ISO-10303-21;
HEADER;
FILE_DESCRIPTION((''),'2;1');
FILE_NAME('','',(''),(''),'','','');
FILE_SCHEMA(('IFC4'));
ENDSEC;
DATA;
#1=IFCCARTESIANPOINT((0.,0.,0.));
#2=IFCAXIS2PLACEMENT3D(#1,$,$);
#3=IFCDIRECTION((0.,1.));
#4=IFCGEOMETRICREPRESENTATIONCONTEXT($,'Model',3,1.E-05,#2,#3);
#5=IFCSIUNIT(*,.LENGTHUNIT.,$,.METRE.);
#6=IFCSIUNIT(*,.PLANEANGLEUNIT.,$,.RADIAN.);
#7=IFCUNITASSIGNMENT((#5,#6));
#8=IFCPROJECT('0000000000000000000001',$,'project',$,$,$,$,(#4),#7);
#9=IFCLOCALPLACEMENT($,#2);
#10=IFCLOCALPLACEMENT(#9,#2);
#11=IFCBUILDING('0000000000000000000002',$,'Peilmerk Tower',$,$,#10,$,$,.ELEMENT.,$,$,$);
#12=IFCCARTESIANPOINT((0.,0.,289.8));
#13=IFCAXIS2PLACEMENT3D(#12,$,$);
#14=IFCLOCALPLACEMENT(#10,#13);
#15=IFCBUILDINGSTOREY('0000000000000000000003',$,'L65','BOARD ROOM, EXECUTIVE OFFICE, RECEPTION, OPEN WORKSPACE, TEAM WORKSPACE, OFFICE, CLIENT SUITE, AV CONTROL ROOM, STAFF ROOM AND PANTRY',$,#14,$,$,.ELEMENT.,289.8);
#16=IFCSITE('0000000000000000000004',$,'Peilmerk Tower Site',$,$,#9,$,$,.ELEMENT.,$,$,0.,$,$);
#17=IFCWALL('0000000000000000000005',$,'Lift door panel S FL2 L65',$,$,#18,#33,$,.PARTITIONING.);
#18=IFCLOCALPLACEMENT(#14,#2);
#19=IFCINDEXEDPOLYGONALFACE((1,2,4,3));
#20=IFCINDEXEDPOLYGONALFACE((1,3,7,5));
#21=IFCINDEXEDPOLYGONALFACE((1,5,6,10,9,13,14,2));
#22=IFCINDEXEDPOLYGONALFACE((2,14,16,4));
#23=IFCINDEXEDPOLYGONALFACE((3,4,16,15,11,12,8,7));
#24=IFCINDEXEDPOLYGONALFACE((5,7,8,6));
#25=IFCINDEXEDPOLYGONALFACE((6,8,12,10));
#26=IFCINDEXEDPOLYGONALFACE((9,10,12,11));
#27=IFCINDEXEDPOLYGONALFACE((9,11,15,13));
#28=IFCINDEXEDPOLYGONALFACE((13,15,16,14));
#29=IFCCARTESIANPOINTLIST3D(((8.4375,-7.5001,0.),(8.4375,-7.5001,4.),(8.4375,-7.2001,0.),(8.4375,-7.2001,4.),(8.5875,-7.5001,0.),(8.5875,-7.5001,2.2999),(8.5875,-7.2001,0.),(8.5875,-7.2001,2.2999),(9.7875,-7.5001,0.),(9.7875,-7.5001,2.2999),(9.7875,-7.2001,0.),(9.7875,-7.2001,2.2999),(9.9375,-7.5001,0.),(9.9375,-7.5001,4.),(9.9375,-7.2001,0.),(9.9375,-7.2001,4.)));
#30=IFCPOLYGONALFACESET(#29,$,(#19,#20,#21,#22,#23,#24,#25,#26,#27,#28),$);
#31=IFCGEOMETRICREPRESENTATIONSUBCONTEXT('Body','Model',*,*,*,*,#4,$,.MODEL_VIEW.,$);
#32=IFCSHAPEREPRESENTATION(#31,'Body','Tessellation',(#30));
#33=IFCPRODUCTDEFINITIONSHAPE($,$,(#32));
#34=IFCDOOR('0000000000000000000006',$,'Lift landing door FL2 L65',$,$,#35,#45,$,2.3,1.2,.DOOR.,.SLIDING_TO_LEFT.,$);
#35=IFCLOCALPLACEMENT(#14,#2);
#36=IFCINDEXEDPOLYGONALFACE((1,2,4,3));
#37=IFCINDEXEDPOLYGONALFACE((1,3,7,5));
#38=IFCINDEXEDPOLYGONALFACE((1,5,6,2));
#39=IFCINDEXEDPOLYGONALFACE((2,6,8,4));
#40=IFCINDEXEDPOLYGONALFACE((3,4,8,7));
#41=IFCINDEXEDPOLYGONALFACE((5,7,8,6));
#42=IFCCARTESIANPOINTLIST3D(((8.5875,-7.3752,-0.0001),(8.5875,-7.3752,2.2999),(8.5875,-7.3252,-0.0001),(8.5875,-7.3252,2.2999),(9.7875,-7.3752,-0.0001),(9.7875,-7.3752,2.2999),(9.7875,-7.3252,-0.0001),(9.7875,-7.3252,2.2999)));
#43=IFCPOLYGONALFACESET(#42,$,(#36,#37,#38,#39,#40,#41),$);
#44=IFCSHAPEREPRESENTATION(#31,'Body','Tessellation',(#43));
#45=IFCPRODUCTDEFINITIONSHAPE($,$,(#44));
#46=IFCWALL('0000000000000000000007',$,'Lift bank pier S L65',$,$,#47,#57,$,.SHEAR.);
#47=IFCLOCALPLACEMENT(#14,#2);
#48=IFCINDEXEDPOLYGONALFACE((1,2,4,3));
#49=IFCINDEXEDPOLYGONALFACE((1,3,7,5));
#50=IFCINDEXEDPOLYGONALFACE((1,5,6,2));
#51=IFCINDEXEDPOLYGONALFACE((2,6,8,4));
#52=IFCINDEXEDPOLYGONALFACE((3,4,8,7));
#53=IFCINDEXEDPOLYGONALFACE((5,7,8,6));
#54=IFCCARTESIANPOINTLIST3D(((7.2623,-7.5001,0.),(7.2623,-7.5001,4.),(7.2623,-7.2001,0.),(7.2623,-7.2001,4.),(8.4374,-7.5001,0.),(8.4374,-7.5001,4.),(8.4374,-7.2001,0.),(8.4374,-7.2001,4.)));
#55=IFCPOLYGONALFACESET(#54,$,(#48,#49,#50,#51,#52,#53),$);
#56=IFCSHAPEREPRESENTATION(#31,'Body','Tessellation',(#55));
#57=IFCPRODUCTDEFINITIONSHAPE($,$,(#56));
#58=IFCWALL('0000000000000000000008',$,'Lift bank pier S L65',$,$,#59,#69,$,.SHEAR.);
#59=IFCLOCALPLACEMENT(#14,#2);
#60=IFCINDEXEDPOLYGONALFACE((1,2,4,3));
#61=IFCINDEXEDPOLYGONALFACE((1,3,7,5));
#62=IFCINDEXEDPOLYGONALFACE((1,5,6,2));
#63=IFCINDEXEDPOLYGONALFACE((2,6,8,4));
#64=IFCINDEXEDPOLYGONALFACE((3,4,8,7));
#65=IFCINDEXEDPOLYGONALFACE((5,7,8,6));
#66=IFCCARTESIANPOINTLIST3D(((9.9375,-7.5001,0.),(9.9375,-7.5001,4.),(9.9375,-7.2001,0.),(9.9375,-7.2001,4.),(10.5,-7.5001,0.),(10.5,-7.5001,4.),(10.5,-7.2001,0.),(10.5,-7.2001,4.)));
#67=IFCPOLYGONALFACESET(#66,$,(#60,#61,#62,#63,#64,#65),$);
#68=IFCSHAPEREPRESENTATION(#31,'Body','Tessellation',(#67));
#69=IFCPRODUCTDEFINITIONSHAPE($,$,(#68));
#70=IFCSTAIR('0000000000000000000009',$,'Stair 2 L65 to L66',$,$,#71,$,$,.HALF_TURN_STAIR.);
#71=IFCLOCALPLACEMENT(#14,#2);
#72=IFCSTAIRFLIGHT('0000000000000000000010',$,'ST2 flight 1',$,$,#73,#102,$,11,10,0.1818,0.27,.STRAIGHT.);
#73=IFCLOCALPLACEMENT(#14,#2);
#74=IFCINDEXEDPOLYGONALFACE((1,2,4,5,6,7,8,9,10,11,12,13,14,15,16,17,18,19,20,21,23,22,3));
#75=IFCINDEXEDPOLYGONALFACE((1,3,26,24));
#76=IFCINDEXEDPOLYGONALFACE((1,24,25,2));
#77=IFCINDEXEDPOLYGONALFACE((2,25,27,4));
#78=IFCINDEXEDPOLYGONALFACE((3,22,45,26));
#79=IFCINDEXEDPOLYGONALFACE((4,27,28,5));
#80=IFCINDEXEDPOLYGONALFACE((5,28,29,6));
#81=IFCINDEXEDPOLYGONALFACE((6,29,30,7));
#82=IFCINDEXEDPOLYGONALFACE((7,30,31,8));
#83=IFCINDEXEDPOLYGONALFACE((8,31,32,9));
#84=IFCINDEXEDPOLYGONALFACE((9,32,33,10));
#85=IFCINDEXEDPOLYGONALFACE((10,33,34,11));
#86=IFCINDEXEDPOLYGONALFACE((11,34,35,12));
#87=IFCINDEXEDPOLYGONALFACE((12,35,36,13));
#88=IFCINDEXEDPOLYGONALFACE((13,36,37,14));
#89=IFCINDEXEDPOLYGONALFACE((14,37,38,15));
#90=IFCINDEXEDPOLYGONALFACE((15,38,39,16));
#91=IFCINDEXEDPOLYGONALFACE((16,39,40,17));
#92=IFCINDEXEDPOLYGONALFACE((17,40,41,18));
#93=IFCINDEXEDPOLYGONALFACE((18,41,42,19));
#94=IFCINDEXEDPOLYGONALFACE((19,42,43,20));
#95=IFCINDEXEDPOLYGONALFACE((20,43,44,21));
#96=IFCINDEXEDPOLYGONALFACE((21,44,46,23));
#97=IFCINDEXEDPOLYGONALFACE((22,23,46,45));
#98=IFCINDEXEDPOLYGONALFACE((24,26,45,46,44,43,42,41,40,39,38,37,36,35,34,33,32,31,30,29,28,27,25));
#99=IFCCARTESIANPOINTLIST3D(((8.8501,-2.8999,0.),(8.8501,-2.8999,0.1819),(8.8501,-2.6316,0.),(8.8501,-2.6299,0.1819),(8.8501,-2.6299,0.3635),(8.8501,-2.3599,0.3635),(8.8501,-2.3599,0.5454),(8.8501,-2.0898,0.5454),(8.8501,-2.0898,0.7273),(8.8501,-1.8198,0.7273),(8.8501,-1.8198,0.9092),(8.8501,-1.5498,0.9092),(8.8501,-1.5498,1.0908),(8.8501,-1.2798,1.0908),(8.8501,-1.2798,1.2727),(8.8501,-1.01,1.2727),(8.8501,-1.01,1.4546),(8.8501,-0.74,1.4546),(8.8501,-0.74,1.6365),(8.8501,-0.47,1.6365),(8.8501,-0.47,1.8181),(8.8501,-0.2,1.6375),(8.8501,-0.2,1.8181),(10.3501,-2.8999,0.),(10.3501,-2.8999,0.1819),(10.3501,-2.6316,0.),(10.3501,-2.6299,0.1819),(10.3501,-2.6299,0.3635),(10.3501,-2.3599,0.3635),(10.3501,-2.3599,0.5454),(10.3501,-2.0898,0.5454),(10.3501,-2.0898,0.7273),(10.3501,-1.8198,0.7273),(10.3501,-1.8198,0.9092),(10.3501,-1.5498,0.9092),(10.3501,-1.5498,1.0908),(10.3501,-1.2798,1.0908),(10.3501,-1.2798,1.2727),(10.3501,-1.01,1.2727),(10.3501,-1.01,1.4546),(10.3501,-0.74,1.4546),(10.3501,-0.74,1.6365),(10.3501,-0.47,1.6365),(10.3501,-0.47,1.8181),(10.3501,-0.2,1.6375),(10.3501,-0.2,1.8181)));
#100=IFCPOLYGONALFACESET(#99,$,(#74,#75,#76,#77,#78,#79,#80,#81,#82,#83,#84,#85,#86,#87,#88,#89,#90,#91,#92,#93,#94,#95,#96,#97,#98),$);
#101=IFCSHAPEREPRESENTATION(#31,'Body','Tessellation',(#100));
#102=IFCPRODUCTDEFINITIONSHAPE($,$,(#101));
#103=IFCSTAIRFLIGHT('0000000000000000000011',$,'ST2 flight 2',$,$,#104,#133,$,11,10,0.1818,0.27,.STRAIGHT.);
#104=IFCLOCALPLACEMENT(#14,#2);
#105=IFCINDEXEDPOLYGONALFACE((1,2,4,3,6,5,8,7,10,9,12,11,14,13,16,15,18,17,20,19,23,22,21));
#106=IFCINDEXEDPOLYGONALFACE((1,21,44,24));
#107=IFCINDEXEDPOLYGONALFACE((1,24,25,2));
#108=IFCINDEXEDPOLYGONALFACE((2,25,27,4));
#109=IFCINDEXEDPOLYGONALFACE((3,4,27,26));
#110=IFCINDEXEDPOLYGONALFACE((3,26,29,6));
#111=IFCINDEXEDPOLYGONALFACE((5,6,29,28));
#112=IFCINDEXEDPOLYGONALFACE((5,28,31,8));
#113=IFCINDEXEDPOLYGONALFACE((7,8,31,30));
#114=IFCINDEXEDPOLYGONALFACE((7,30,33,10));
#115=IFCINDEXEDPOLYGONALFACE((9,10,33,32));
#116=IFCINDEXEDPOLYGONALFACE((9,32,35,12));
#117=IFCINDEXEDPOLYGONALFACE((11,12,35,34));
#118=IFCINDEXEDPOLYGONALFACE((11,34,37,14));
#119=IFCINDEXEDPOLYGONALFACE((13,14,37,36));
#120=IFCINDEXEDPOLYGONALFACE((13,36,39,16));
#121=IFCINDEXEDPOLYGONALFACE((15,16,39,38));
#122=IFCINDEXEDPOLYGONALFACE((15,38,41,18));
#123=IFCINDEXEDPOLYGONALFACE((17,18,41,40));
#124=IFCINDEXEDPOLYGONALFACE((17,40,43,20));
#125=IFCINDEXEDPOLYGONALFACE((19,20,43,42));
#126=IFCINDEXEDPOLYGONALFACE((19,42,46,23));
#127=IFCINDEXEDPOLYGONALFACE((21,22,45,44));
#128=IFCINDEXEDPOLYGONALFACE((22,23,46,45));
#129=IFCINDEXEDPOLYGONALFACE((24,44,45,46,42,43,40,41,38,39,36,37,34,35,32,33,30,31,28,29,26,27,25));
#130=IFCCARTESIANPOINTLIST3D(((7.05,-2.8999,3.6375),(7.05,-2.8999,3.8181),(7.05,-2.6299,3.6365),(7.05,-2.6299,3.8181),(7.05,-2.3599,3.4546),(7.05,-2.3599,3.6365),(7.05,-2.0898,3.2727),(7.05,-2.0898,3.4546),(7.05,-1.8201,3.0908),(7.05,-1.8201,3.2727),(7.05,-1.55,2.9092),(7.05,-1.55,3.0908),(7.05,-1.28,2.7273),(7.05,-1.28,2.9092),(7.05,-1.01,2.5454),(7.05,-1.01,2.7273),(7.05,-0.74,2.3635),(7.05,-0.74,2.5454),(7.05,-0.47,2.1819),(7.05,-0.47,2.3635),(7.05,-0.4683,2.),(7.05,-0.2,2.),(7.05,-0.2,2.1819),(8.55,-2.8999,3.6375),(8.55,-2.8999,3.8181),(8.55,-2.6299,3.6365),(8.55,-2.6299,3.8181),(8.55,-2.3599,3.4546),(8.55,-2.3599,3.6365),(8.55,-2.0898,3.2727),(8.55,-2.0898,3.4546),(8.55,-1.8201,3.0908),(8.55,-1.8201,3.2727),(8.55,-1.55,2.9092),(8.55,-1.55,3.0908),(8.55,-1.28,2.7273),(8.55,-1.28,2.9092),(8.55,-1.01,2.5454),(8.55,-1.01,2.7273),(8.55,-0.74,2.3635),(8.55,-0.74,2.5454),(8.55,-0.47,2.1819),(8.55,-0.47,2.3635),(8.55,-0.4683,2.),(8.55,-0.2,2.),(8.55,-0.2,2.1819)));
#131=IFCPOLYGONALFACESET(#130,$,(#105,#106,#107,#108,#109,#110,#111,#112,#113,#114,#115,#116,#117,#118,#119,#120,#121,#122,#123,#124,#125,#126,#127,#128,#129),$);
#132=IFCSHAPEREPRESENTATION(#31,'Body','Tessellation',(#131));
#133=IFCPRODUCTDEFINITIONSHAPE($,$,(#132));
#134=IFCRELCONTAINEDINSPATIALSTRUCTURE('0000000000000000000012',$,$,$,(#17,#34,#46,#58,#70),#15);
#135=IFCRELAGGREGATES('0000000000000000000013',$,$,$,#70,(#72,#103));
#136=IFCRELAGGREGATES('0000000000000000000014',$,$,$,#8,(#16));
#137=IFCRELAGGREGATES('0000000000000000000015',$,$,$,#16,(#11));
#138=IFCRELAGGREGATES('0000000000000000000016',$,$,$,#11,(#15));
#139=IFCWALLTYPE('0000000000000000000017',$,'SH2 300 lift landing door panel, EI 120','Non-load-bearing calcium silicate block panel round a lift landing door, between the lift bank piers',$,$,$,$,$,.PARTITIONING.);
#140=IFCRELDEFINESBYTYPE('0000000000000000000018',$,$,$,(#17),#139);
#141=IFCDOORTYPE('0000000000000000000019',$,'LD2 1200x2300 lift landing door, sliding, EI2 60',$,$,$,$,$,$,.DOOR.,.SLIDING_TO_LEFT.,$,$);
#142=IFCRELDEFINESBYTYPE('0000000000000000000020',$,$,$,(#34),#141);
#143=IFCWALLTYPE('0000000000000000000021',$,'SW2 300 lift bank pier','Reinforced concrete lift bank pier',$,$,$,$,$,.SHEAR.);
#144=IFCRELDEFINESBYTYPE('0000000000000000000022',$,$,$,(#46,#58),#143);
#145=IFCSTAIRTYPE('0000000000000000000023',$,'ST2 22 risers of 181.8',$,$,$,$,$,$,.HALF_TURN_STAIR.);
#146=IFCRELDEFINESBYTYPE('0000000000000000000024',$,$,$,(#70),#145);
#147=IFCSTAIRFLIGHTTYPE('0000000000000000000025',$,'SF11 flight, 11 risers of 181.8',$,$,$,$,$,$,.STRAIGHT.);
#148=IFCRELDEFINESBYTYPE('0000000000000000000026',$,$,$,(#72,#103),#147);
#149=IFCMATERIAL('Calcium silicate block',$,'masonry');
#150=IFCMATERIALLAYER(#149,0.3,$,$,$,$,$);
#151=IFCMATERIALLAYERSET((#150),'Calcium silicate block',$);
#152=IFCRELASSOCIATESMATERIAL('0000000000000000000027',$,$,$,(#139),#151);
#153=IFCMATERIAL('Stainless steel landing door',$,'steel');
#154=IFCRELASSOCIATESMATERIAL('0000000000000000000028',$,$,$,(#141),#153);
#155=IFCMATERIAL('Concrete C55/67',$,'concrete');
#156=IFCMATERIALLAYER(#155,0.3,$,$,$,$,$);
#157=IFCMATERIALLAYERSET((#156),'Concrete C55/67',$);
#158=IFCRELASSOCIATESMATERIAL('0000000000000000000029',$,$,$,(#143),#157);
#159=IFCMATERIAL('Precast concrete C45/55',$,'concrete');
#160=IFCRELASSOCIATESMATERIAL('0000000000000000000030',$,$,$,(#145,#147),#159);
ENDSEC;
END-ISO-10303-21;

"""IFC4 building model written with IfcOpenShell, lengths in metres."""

from ifc_helpers import new_model, si_unit, direction, frame, frame_2d, origin, place, context, subcontext, project, spatial, polyline, rectangle, outline, extrude, material, layer, layer_set, type_object, element, fill, aggregate, save


model = new_model("IFC4")

# Units and contexts
model_context = context("Model", 3, precision=1e-05, world=origin(), true_north=direction((0.0, 1.0)))
body_context = subcontext(model_context, "Body", "Model", "MODEL_VIEW")
ifc_project = project(units=[si_unit("LENGTHUNIT", "METRE"), si_unit("PLANEANGLEUNIT", "RADIAN")], contexts=[model_context])

# Site, building, storey
site_placement = place(None, origin())
site = spatial("IfcSite", under=ifc_project, at=site_placement, Name="Peilmerk Tower Site", CompositionType="ELEMENT", RefElevation=0.0)
building_placement = place(site_placement, origin())
building = spatial("IfcBuilding", under=site, at=building_placement, Name="Peilmerk Tower", CompositionType="ELEMENT")
storey_placement = place(building_placement, frame((0.0, 0.0, 289.8)))
storey = spatial("IfcBuildingStorey", under=building, at=storey_placement, Name="L65", Description="BOARD ROOM, EXECUTIVE OFFICE, RECEPTION, OPEN WORKSPACE, TEAM WORKSPACE, OFFICE, CLIENT SUITE, AV CONTROL ROOM, STAFF ROOM AND PANTRY", CompositionType="ELEMENT", Elevation=289.8)

# Shared definitions
ifc_material_1 = material(Name="Calcium silicate block", Category="masonry")
ifc_layer_1 = layer(ifc_material_1, 0.3)
ifc_layer_set_1 = layer_set([ifc_layer_1], Name="Calcium silicate block")
wall_type_1 = type_object("IfcWallType", Name="SH2 300 lift landing door panel, EI 120", Description="Non-load-bearing calcium silicate block panel round a lift landing door, between the lift bank piers", PredefinedType="PARTITIONING", material=ifc_layer_set_1)

# Wall, opening, door
wall_1_placement = place(storey_placement, frame((8.4375, -7.3501, 0.0), z_axis=(0.0, 0.0, 1.0), x_axis=(1.0, 0.0, 0.0)))
wall_1 = element("IfcWall", 1, at=wall_1_placement, inside=storey, type_object=wall_type_1, Name="Lift door panel S FL2 L65", PredefinedType="PARTITIONING", context=body_context, shape_type="SweptSolid", body=[
    extrude(rectangle(XDim=1.5, YDim=0.3, at=frame_2d((0.75, 0.0))), origin(), (0.0, 0.0, 1.0), 4.0),
])
opening_1_placement = place(wall_1_placement, frame((0.1499, 0.0, 0.0)))
opening_1 = element("IfcOpeningElement", 2, at=opening_1_placement, cuts=wall_1, PredefinedType="OPENING", context=body_context, shape_type="SweptSolid", body=[
    extrude(rectangle(XDim=1.2, YDim=2.3, at=frame_2d((0.6001, 1.1499))), frame((0.0, 0.1599, 0.0), z_axis=(0.0, -1.0, 0.0), x_axis=(1.0, 0.0, 0.0)), (0.0, 0.0, 1.0), 0.3201),
])
ifc_material_2 = material(Name="Stainless steel landing door", Category="steel")
door_type_1 = type_object("IfcDoorType", Name="LD2 1200x2300 lift landing door, sliding, EI2 60", OperationType="SLIDING_TO_LEFT", PredefinedType="DOOR", material=ifc_material_2)
door_1_placement = place(opening_1_placement, origin())
door_1 = element("IfcDoor", 3, at=door_1_placement, inside=storey, type_object=door_type_1, Name="Lift landing door FL2 L65", OperationType="SLIDING_TO_LEFT", OverallHeight=2.3, OverallWidth=1.2, PredefinedType="DOOR", context=body_context, shape_type="SweptSolid", body=[
    extrude(rectangle(XDim=1.2, YDim=2.3, at=frame_2d((0.6001, 1.1499))), frame((0.0, 0.0249, 0.0), z_axis=(0.0, -1.0, 0.0), x_axis=(1.0, 0.0, 0.0)), (0.0, 0.0, 1.0), 0.05),
])
fill(opening_1, door_1)

# Walls
ifc_material_3 = material(Name="Concrete C55/67", Category="concrete")
ifc_layer_2 = layer(ifc_material_3, 0.3)
ifc_layer_set_2 = layer_set([ifc_layer_2], Name="Concrete C55/67")
wall_type_2 = type_object("IfcWallType", Name="SW2 300 lift bank pier", Description="Reinforced concrete lift bank pier", PredefinedType="SHEAR", material=ifc_layer_set_2)
wall_2_placement = place(storey_placement, frame((7.2625, -7.3501, 0.0), z_axis=(0.0, 0.0, 1.0), x_axis=(1.0, 0.0, 0.0)))
element("IfcWall", 4, at=wall_2_placement, inside=storey, type_object=wall_type_2, Name="Lift bank pier S L65", PredefinedType="SHEAR", context=body_context, shape_type="SweptSolid", body=[
    extrude(rectangle(XDim=1.175, YDim=0.3, at=frame_2d((0.5874, 0.0))), origin(), (0.0, 0.0, 1.0), 4.0),
])
wall_3_placement = place(storey_placement, frame((9.9375, -7.3501, 0.0), z_axis=(0.0, 0.0, 1.0), x_axis=(1.0, 0.0, 0.0)))
element("IfcWall", 5, at=wall_3_placement, inside=storey, type_object=wall_type_2, Name="Lift bank pier S L65", PredefinedType="SHEAR", context=body_context, shape_type="SweptSolid", body=[
    extrude(rectangle(XDim=0.5625, YDim=0.3, at=frame_2d((0.2812, 0.0))), origin(), (0.0, 0.0, 1.0), 4.0),
])

# Stair, stair flights
ifc_material_4 = material(Name="Precast concrete C45/55", Category="concrete")
stair_type = type_object("IfcStairType", Name="ST2 22 risers of 181.8", PredefinedType="HALF_TURN_STAIR", material=ifc_material_4)
stair_placement = place(storey_placement, origin())
stair = element("IfcStair", 6, at=stair_placement, inside=storey, type_object=stair_type, Name="Stair 2 L65 to L66", PredefinedType="HALF_TURN_STAIR")
stair_flight_type = type_object("IfcStairFlightType", Name="SF11 flight, 11 risers of 181.8", PredefinedType="STRAIGHT", material=ifc_material_4)
stair_flight_1_placement = place(storey_placement, frame((9.6001, -2.8999, 0.0), z_axis=(0.0, 0.0, 1.0), x_axis=(0.0, 1.0, 0.0)))
stair_flight_1 = element("IfcStairFlight", 7, at=stair_flight_1_placement, type_object=stair_flight_type, Name="ST2 flight 1", NumberOfRisers=11, NumberOfTreads=10, PredefinedType="STRAIGHT", RiserHeight=0.1818, TreadLength=0.27, context=body_context, shape_type="SweptSolid", body=[
    extrude(outline(polyline([(0.0, 0.0), (0.0, 0.1819), (0.27, 0.1819), (0.27, 0.3635), (0.54, 0.3635), (0.54, 0.5454), (0.8101, 0.5454), (0.8101, 0.7273), (1.0801, 0.7273), (1.0801, 0.9092), (1.3501, 0.9092), (1.3501, 1.0908), (1.6201, 1.0908), (1.6201, 1.2727), (1.8899, 1.2727), (1.8899, 1.4546), (2.1599, 1.4546), (2.1599, 1.6365), (2.4299, 1.6365), (2.4299, 1.8181), (2.7, 1.8181), (2.7, 2.0), (2.7, 1.6375), (0.2683, 0.0), (0.0, 0.0)])), frame((0.0, 0.75, 0.0), z_axis=(0.0, -1.0, 0.0), x_axis=(1.0, 0.0, 0.0)), (0.0, 0.0, 1.0), 1.5),
])
stair_flight_2_placement = place(storey_placement, frame((7.8, -0.2, 2.0), z_axis=(0.0, 0.0, 1.0), x_axis=(0.0, -1.0, 0.0)))
stair_flight_2 = element("IfcStairFlight", 8, at=stair_flight_2_placement, type_object=stair_flight_type, Name="ST2 flight 2", NumberOfRisers=11, NumberOfTreads=10, PredefinedType="STRAIGHT", RiserHeight=0.1818, TreadLength=0.27, context=body_context, shape_type="SweptSolid", body=[
    extrude(outline(polyline([(0.0, 0.0), (0.0, 0.1819), (0.27, 0.1819), (0.27, 0.3635), (0.54, 0.3635), (0.54, 0.5454), (0.8101, 0.5454), (0.8101, 0.7273), (1.0801, 0.7273), (1.0801, 0.9092), (1.3501, 0.9092), (1.3501, 1.0908), (1.6201, 1.0908), (1.6201, 1.2727), (1.8899, 1.2727), (1.8899, 1.4546), (2.1599, 1.4546), (2.1599, 1.6365), (2.4299, 1.6365), (2.4299, 1.8181), (2.7, 1.8181), (2.7, 2.0), (2.7, 1.6375), (0.2683, 0.0), (0.0, 0.0)])), frame((0.0, 0.75, 0.0), z_axis=(0.0, -1.0, 0.0), x_axis=(1.0, 0.0, 0.0)), (0.0, 0.0, 1.0), 1.5),
])
aggregate(stair, [stair_flight_1, stair_flight_2])

save(model, "model.ifc")
